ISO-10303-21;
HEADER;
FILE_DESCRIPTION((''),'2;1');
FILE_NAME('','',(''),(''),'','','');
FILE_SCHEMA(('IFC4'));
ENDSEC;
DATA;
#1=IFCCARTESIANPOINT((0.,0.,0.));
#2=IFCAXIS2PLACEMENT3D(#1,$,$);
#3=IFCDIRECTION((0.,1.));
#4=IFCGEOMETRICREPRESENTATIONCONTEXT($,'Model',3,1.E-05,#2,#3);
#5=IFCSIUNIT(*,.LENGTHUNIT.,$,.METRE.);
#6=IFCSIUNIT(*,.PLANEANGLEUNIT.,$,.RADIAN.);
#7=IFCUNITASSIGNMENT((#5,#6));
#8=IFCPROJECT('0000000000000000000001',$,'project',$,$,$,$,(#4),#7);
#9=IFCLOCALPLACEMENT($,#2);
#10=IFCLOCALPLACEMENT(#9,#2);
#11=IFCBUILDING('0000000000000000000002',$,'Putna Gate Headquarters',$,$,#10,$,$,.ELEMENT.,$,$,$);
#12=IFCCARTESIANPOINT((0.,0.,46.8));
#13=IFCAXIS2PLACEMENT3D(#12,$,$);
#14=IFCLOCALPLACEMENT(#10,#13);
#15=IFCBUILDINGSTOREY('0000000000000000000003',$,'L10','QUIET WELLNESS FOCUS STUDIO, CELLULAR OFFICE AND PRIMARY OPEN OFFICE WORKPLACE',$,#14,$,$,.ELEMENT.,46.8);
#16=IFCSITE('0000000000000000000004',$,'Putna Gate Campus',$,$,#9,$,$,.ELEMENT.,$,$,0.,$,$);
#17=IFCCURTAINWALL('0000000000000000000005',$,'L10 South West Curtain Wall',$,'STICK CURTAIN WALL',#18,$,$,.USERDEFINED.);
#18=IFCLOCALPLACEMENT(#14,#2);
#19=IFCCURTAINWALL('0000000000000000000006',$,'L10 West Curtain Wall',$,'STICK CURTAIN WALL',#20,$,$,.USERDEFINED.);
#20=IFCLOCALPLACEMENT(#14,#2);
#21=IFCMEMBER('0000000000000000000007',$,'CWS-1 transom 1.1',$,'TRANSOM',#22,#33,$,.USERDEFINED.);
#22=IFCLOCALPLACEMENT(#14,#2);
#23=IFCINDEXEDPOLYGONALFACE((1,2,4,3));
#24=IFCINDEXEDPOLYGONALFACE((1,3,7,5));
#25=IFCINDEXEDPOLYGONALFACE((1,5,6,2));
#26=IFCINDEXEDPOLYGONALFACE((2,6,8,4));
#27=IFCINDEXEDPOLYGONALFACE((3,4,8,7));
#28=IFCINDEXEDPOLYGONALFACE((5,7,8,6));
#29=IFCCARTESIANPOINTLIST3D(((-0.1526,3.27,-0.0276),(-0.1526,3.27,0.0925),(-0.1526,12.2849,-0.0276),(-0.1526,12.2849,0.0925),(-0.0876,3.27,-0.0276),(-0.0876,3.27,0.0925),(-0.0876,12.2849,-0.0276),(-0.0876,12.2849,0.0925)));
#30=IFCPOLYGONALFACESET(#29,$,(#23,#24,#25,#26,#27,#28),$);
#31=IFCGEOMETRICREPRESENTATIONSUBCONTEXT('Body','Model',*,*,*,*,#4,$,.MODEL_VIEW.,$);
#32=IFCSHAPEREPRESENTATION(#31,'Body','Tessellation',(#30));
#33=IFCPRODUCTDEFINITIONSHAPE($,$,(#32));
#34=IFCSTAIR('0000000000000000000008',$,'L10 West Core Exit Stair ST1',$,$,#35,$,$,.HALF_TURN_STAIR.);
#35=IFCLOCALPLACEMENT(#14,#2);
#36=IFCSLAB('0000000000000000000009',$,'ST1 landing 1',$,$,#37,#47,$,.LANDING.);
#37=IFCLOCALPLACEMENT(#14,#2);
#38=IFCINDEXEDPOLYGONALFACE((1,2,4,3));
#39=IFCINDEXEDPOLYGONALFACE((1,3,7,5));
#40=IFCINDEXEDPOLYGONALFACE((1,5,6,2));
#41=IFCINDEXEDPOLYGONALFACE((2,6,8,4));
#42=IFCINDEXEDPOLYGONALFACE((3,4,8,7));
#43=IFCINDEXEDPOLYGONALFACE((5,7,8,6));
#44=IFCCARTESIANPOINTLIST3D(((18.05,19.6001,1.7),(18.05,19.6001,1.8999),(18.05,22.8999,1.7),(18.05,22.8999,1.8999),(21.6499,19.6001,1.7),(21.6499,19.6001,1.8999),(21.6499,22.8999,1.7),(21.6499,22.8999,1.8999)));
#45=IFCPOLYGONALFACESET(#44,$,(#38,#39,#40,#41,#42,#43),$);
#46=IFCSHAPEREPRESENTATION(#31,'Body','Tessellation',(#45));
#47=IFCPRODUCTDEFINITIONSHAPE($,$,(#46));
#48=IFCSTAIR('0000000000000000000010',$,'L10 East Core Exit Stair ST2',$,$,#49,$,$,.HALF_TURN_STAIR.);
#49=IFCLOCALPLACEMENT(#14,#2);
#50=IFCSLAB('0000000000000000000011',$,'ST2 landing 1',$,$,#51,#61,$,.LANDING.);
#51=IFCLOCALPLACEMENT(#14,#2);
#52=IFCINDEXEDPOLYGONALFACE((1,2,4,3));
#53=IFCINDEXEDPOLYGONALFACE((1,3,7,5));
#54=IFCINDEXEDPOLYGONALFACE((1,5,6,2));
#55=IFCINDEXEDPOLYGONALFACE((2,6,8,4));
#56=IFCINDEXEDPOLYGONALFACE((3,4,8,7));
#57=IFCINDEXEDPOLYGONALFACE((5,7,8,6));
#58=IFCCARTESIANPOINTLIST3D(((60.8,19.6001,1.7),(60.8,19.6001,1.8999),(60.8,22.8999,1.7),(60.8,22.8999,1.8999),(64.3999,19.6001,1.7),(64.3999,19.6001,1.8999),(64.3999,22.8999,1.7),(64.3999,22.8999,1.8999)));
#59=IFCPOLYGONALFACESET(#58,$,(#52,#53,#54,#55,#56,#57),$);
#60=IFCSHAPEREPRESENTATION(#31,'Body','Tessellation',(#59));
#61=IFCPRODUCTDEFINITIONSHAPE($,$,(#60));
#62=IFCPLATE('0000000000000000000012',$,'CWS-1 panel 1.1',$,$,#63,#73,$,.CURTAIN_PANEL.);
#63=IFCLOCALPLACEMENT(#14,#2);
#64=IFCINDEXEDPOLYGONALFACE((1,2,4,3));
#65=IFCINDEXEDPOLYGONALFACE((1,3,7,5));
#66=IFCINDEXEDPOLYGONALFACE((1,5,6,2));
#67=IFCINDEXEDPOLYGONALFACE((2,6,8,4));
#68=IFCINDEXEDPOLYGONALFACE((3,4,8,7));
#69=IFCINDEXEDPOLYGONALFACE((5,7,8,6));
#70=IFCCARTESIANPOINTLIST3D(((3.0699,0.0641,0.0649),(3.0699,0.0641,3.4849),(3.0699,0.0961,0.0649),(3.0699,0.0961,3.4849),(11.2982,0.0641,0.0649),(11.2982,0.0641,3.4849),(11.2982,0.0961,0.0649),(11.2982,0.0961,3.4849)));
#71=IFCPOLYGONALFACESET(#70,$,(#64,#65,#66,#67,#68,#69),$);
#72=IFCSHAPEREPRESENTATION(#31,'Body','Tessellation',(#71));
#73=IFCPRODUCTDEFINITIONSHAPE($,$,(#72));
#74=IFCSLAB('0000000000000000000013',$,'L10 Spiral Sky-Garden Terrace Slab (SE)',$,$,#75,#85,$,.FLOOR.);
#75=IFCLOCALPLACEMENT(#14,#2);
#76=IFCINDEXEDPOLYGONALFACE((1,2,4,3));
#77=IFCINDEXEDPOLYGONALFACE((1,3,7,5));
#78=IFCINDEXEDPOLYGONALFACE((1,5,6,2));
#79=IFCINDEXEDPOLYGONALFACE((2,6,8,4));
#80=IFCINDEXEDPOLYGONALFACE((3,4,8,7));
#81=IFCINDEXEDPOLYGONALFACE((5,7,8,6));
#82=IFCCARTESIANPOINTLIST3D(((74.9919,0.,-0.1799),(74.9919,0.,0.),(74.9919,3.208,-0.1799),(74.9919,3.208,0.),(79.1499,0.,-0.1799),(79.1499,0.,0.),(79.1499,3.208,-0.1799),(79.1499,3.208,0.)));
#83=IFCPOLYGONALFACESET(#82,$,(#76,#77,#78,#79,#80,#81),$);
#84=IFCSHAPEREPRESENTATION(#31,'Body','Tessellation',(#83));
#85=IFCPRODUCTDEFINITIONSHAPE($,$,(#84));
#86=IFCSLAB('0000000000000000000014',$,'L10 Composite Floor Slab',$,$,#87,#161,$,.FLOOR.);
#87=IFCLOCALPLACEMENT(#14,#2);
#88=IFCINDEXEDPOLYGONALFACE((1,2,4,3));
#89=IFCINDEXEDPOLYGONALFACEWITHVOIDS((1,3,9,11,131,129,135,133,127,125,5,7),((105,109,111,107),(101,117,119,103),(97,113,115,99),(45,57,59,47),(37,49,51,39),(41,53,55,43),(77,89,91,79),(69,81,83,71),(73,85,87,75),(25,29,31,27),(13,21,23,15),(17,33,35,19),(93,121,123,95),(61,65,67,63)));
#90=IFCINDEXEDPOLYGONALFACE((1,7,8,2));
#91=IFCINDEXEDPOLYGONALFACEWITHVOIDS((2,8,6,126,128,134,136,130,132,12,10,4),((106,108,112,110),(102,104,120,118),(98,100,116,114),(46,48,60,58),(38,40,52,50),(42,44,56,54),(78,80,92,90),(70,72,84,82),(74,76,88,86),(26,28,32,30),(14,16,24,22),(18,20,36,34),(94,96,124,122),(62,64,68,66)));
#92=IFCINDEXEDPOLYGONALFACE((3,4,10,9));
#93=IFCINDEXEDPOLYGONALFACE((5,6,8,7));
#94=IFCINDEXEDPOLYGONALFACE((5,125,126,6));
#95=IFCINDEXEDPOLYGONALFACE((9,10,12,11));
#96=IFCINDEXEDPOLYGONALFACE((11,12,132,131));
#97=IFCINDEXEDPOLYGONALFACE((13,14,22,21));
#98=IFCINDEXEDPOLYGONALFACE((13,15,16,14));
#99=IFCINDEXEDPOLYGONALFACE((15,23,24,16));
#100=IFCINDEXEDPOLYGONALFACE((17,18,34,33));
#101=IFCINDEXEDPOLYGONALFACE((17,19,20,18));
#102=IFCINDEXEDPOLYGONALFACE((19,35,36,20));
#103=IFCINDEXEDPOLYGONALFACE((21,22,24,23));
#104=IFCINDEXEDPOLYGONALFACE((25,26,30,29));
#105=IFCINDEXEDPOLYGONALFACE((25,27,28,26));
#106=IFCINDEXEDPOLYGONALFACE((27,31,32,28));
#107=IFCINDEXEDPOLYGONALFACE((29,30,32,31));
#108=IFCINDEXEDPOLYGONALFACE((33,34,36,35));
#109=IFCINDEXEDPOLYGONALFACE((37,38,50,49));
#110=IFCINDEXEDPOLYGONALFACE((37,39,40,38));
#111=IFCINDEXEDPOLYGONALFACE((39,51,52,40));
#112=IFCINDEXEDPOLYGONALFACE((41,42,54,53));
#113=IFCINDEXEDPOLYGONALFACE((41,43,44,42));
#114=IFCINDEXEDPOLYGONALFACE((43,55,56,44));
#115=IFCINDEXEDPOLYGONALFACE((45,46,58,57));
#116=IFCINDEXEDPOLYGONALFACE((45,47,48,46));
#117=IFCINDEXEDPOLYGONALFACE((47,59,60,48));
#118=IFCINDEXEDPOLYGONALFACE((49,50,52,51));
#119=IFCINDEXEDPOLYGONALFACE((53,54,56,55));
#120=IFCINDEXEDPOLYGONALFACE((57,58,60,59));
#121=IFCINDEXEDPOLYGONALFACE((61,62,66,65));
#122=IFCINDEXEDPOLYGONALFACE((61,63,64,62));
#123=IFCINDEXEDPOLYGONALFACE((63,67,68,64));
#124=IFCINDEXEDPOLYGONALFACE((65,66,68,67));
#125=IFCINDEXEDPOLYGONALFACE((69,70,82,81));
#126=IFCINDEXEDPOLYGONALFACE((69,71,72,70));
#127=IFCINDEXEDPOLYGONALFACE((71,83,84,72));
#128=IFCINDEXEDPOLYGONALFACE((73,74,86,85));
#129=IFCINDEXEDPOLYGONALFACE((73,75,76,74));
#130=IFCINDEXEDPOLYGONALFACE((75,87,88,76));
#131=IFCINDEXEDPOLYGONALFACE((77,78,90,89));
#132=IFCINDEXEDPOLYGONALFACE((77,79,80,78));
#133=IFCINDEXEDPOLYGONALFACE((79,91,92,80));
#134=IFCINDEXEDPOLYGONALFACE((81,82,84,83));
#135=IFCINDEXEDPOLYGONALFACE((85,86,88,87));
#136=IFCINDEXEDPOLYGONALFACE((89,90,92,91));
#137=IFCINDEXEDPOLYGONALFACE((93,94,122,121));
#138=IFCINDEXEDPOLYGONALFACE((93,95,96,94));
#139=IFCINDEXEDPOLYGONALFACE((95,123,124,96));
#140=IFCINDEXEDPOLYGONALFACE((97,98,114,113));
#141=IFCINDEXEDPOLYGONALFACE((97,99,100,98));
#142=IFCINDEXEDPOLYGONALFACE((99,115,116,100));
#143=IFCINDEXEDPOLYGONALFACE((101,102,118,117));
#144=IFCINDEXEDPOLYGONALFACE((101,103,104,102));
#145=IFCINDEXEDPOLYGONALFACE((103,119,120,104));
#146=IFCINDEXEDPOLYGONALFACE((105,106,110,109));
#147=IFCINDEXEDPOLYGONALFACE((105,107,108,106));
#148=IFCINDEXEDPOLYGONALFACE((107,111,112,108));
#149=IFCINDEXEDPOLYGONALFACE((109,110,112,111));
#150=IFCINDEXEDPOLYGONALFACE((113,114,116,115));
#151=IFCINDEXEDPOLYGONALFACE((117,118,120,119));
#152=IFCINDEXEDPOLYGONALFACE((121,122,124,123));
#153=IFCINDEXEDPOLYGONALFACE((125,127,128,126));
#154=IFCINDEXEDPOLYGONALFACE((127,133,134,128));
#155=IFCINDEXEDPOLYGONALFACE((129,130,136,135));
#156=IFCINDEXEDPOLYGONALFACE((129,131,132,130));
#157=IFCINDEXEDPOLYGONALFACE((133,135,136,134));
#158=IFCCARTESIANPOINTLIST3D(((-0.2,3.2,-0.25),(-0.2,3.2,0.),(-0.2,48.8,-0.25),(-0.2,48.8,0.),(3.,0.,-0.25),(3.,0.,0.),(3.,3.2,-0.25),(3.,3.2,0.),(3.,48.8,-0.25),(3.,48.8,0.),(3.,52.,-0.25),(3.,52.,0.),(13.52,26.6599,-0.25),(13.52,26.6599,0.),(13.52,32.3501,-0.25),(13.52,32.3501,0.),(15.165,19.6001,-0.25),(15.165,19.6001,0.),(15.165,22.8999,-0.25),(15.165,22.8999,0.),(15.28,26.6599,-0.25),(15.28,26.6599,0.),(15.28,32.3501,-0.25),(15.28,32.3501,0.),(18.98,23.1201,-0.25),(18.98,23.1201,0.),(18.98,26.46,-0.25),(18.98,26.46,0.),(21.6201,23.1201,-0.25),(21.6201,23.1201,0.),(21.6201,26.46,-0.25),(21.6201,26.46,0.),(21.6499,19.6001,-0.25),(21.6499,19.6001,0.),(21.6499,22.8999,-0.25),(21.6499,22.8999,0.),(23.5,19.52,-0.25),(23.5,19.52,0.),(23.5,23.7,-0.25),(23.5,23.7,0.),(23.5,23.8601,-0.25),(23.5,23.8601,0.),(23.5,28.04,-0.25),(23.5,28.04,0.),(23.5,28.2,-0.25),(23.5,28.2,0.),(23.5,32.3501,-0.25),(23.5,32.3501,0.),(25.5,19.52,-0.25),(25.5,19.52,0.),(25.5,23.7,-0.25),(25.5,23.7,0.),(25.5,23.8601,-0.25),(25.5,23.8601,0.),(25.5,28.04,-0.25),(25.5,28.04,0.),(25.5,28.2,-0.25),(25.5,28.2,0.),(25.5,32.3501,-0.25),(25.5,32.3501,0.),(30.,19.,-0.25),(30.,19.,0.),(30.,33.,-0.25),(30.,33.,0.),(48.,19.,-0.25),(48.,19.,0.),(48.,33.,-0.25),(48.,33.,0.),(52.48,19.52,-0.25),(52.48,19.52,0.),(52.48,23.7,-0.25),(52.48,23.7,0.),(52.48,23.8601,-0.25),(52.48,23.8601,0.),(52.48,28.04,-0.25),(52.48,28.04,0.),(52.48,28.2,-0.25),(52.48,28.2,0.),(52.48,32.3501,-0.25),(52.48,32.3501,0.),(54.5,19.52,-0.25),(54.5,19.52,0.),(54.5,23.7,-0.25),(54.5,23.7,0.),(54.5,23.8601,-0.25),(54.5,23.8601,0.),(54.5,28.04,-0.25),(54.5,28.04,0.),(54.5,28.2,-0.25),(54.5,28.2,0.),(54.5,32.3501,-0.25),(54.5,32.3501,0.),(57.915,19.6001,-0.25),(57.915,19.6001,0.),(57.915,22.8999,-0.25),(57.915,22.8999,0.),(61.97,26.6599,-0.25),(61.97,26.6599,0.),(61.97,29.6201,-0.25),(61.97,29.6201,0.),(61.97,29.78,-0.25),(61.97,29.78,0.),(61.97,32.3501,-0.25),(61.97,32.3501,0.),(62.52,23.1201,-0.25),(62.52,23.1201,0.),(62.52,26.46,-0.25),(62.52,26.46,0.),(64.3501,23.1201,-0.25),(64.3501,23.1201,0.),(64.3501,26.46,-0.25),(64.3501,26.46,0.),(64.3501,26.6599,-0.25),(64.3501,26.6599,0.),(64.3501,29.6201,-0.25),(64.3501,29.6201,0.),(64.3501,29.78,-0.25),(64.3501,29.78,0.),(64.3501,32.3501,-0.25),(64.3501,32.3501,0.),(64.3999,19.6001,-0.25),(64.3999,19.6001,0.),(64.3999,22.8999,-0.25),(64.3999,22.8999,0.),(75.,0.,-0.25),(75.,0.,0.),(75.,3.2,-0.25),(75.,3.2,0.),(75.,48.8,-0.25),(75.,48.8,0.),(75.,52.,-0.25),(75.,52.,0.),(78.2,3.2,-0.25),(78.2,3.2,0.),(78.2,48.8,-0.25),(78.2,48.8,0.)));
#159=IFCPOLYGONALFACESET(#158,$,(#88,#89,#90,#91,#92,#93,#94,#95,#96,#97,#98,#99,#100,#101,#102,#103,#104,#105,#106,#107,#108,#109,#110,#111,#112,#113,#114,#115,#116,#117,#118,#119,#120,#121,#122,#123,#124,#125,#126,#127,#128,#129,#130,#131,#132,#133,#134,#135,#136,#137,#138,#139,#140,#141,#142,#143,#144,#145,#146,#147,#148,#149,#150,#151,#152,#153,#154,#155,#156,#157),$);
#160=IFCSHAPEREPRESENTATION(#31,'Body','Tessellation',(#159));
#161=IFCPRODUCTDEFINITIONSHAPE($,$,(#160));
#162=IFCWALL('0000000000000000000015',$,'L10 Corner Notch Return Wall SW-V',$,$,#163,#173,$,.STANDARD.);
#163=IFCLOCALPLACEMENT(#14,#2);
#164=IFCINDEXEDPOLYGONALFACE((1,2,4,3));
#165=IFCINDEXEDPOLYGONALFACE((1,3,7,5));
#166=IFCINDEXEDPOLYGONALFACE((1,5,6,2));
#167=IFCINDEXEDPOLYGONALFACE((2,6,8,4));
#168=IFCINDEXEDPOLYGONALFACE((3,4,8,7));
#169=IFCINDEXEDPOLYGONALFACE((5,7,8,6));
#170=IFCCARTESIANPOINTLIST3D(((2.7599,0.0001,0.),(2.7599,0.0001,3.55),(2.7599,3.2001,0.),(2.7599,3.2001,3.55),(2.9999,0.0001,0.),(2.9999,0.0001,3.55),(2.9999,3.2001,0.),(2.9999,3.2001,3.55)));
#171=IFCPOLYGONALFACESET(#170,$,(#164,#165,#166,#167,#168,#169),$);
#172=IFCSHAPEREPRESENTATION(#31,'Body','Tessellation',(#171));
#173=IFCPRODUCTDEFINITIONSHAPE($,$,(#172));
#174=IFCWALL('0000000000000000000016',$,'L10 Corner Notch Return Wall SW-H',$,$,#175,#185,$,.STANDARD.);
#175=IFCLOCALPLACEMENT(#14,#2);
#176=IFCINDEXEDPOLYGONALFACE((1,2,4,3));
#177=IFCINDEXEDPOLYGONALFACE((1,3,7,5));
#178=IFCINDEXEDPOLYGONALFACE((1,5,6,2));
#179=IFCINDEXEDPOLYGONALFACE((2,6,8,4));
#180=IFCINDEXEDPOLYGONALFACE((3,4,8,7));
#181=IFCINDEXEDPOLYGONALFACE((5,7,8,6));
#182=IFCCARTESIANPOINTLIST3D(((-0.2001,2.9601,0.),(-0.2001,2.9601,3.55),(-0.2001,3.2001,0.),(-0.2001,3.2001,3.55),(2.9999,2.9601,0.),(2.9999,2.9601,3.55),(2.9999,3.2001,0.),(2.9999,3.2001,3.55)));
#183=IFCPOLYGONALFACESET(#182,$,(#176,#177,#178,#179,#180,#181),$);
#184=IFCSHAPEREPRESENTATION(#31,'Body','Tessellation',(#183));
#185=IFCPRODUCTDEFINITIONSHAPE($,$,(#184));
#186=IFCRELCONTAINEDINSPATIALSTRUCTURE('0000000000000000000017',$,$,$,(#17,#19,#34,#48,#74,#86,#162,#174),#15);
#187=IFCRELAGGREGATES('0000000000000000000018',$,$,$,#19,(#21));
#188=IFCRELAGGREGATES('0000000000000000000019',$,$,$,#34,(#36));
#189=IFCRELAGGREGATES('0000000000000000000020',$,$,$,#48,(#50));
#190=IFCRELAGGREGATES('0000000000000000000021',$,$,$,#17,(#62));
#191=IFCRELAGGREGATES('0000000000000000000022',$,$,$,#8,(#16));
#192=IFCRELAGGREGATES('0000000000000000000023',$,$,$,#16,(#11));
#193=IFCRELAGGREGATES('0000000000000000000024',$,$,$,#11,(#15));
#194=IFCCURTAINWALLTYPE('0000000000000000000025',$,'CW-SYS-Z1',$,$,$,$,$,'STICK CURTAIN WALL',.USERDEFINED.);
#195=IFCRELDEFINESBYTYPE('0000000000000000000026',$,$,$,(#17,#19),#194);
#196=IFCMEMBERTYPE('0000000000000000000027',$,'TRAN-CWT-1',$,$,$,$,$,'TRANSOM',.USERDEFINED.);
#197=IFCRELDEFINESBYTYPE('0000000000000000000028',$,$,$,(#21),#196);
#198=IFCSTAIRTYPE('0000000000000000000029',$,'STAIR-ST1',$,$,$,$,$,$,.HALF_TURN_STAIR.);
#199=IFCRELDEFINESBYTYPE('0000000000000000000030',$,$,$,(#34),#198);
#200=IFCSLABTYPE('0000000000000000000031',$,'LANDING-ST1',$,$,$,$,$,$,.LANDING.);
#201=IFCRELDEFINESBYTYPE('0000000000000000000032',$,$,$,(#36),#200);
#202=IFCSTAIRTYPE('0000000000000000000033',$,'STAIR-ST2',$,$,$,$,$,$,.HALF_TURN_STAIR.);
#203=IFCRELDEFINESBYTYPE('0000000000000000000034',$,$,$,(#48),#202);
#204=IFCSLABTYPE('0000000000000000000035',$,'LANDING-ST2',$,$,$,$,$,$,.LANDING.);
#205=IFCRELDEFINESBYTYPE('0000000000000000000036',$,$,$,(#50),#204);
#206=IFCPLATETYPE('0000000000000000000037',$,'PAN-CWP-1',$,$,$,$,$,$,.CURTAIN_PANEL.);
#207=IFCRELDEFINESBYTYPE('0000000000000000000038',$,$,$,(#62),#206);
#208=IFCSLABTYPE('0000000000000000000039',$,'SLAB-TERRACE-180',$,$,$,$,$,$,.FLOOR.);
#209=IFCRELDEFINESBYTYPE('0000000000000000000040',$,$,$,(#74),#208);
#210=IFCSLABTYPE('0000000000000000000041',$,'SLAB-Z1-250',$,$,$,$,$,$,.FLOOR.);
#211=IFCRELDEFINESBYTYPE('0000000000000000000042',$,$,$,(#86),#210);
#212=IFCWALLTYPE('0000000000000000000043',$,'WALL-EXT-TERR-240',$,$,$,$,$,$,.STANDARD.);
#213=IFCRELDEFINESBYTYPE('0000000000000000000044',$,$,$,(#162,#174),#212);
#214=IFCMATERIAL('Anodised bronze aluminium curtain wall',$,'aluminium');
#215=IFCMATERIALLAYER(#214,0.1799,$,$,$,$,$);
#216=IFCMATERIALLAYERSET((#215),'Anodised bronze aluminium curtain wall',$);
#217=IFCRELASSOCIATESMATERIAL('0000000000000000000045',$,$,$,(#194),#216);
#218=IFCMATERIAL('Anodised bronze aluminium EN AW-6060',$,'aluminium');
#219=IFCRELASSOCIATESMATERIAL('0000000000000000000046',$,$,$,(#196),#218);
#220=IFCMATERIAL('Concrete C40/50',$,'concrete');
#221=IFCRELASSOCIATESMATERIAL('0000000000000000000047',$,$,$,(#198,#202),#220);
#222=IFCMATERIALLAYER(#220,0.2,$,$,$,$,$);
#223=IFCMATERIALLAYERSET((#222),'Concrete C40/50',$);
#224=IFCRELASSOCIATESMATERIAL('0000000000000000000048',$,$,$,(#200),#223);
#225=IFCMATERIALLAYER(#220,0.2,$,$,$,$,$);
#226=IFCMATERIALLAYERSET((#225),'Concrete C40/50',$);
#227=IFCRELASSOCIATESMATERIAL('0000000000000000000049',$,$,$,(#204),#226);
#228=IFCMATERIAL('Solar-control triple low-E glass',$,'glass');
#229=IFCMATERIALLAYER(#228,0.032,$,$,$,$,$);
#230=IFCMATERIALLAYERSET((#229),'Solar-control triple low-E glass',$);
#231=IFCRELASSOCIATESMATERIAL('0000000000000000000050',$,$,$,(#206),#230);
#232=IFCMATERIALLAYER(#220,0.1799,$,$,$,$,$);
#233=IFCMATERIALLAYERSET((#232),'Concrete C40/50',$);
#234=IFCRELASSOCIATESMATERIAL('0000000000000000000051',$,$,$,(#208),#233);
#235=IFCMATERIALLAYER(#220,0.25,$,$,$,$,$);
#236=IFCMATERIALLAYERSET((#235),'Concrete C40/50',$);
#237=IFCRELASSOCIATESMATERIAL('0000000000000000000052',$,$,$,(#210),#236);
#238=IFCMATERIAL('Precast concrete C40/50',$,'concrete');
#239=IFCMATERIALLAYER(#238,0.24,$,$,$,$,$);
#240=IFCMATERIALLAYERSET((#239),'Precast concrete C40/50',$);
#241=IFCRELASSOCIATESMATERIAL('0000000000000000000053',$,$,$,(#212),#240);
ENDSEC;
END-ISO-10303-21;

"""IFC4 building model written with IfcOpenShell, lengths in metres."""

from ifc_helpers import new_model, si_unit, direction, frame, frame_2d, origin, origin_2d, place, context, subcontext, project, spatial, polyline, rectangle, outline, extrude, material, layer, layer_set, material_profile, profile_set, type_object, element, aggregate, save


model = new_model("IFC4")

# Units and contexts
model_context = context("Model", 3, precision=1e-05, world=origin(), true_north=direction((0.0, 1.0)))
body_context = subcontext(model_context, "Body", "Model", "MODEL_VIEW")
ifc_project = project(units=[si_unit("LENGTHUNIT", "METRE"), si_unit("PLANEANGLEUNIT", "RADIAN")], contexts=[model_context])

# Site, building, storey
site_placement = place(None, origin())
site = spatial("IfcSite", under=ifc_project, at=site_placement, Name="Putna Gate Campus", CompositionType="ELEMENT", RefElevation=0.0)
building_placement = place(site_placement, origin())
building = spatial("IfcBuilding", under=site, at=building_placement, Name="Putna Gate Headquarters", CompositionType="ELEMENT")
storey_placement = place(building_placement, frame((0.0, 0.0, 46.8)))
storey = spatial("IfcBuildingStorey", under=building, at=storey_placement, Name="L10", Description="QUIET WELLNESS FOCUS STUDIO, CELLULAR OFFICE AND PRIMARY OPEN OFFICE WORKPLACE", CompositionType="ELEMENT", Elevation=46.8)

# Curtain wall
ifc_material_1 = material(Name="Anodised bronze aluminium curtain wall", Category="aluminium")
ifc_layer_1 = layer(ifc_material_1, 0.1799)
ifc_layer_set_1 = layer_set([ifc_layer_1], Name="Anodised bronze aluminium curtain wall")
curtain_wall_type = type_object("IfcCurtainWallType", Name="CW-SYS-Z1", ElementType="STICK CURTAIN WALL", PredefinedType="USERDEFINED", material=ifc_layer_set_1)
curtain_wall_1_placement = place(storey_placement, origin())
curtain_wall_1 = element("IfcCurtainWall", 1, at=curtain_wall_1_placement, inside=storey, type_object=curtain_wall_type, Name="L10 South West Curtain Wall", ObjectType="STICK CURTAIN WALL", PredefinedType="USERDEFINED")
ifc_material_2 = material(Name="Anodised bronze aluminium EN AW-6060", Category="aluminium")

# Curtain wall
curtain_wall_2_placement = place(storey_placement, origin())
curtain_wall_2 = element("IfcCurtainWall", 2, at=curtain_wall_2_placement, inside=storey, type_object=curtain_wall_type, Name="L10 West Curtain Wall", ObjectType="STICK CURTAIN WALL", PredefinedType="USERDEFINED")

# Member
ifc_material_profile_1 = material_profile(ifc_material_2, rectangle(XDim=0.0649, YDim=0.1201, at=origin_2d()), Name="Anodised bronze aluminium EN AW-6060")
ifc_profile_set_1 = profile_set([ifc_material_profile_1], Name="Anodised bronze aluminium EN AW-6060")
member_type_1 = type_object("IfcMemberType", Name="TRAN-CWT-1", ElementType="TRANSOM", PredefinedType="USERDEFINED", material=ifc_profile_set_1)
member_1_placement = place(storey_placement, frame((-0.1201, 3.27, 0.0325), z_axis=(0.0, 1.0, 0.0), x_axis=(-1.0, 0.0, 0.0)))
member_1 = element("IfcMember", 3, at=member_1_placement, type_object=member_type_1, Name="CWS-1 transom 1.1", ObjectType="TRANSOM", PredefinedType="USERDEFINED", context=body_context, shape_type="SweptSolid", body=[
    extrude(rectangle(XDim=0.0649, YDim=0.1201, at=origin_2d()), origin(), (0.0, 0.0, 1.0), 9.0149),
])
aggregate(curtain_wall_2, [member_1])

# Stairs, slabs
ifc_material_3 = material(Name="Concrete C40/50", Category="concrete")
stair_type_1 = type_object("IfcStairType", Name="STAIR-ST1", PredefinedType="HALF_TURN_STAIR", material=ifc_material_3)
stair_1_placement = place(storey_placement, origin())
stair_1 = element("IfcStair", 4, at=stair_1_placement, inside=storey, type_object=stair_type_1, Name="L10 West Core Exit Stair ST1", PredefinedType="HALF_TURN_STAIR")
ifc_layer_2 = layer(ifc_material_3, 0.2)
ifc_layer_set_2 = layer_set([ifc_layer_2], Name="Concrete C40/50")
slab_type_1 = type_object("IfcSlabType", Name="LANDING-ST1", PredefinedType="LANDING", material=ifc_layer_set_2)
slab_1_placement = place(storey_placement, frame((0.0, 0.0, 1.7)))
slab_1 = element("IfcSlab", 5, at=slab_1_placement, type_object=slab_type_1, Name="ST1 landing 1", PredefinedType="LANDING", context=body_context, shape_type="SweptSolid", body=[
    extrude(outline(polyline([(18.05, 19.6001), (21.6499, 19.6001), (21.6499, 22.8999), (18.05, 22.8999), (18.05, 19.6001)])), origin(), (0.0, 0.0, 1.0), 0.2),
])
aggregate(stair_1, [slab_1])
stair_type_2 = type_object("IfcStairType", Name="STAIR-ST2", PredefinedType="HALF_TURN_STAIR", material=ifc_material_3)
stair_2_placement = place(storey_placement, origin())
stair_2 = element("IfcStair", 6, at=stair_2_placement, inside=storey, type_object=stair_type_2, Name="L10 East Core Exit Stair ST2", PredefinedType="HALF_TURN_STAIR")
ifc_layer_3 = layer(ifc_material_3, 0.2)
ifc_layer_set_3 = layer_set([ifc_layer_3], Name="Concrete C40/50")
slab_type_2 = type_object("IfcSlabType", Name="LANDING-ST2", PredefinedType="LANDING", material=ifc_layer_set_3)
slab_2_placement = place(storey_placement, frame((0.0, 0.0, 1.7)))
slab_2 = element("IfcSlab", 7, at=slab_2_placement, type_object=slab_type_2, Name="ST2 landing 1", PredefinedType="LANDING", context=body_context, shape_type="SweptSolid", body=[
    extrude(outline(polyline([(60.8, 19.6001), (64.3999, 19.6001), (64.3999, 22.8999), (60.8, 22.8999), (60.8, 19.6001)])), origin(), (0.0, 0.0, 1.0), 0.2),
])
aggregate(stair_2, [slab_2])

# Plate
ifc_material_4 = material(Name="Solar-control triple low-E glass", Category="glass")
ifc_layer_4 = layer(ifc_material_4, 0.032)
ifc_layer_set_4 = layer_set([ifc_layer_4], Name="Solar-control triple low-E glass")
plate_type = type_object("IfcPlateType", Name="PAN-CWP-1", PredefinedType="CURTAIN_PANEL", material=ifc_layer_set_4)
plate_placement = place(storey_placement, frame((7.1841, 0.0801, 0.0649), z_axis=(0.0, 0.0, 1.0), x_axis=(1.0, 0.0, 0.0)))
plate = element("IfcPlate", 8, at=plate_placement, type_object=plate_type, Name="CWS-1 panel 1.1", PredefinedType="CURTAIN_PANEL", context=body_context, shape_type="SweptSolid", body=[
    extrude(rectangle(XDim=8.2283, YDim=0.032, at=origin_2d()), origin(), (0.0, 0.0, 1.0), 3.4199),
])
aggregate(curtain_wall_1, [plate])

# Slabs
ifc_layer_5 = layer(ifc_material_3, 0.1799)
ifc_layer_set_5 = layer_set([ifc_layer_5], Name="Concrete C40/50")
slab_type_3 = type_object("IfcSlabType", Name="SLAB-TERRACE-180", PredefinedType="FLOOR", material=ifc_layer_set_5)
slab_3_placement = place(storey_placement, frame((0.0, 0.0, -0.1799)))
element("IfcSlab", 9, at=slab_3_placement, inside=storey, type_object=slab_type_3, Name="L10 Spiral Sky-Garden Terrace Slab (SE)", PredefinedType="FLOOR", context=body_context, shape_type="SweptSolid", body=[
    extrude(outline(polyline([(74.9919, 0.0), (79.1499, 0.0), (79.1499, 3.208), (74.9919, 3.208), (74.9919, 0.0)])), origin(), (0.0, 0.0, 1.0), 0.1799),
])
ifc_layer_6 = layer(ifc_material_3, 0.25)
ifc_layer_set_6 = layer_set([ifc_layer_6], Name="Concrete C40/50")
slab_type_4 = type_object("IfcSlabType", Name="SLAB-Z1-250", PredefinedType="FLOOR", material=ifc_layer_set_6)
slab_4_placement = place(storey_placement, frame((0.0, 0.0, -0.25)))
element("IfcSlab", 10, at=slab_4_placement, inside=storey, type_object=slab_type_4, Name="L10 Composite Floor Slab", PredefinedType="FLOOR", context=body_context, shape_type="SweptSolid", body=[
    extrude(outline(polyline([(3.0, 0.0), (75.0, 0.0), (75.0, 3.2), (78.2, 3.2), (78.2, 48.8), (75.0, 48.8), (75.0, 52.0), (3.0, 52.0), (3.0, 48.8), (-0.2, 48.8), (-0.2, 3.2), (3.0, 3.2), (3.0, 0.0)]), holes=[polyline([(15.165, 19.6001), (21.6499, 19.6001), (21.6499, 22.8999), (15.165, 22.8999), (15.165, 19.6001)]), polyline([(57.915, 19.6001), (64.3999, 19.6001), (64.3999, 22.8999), (57.915, 22.8999), (57.915, 19.6001)]), polyline([(13.52, 26.6599), (15.28, 26.6599), (15.28, 32.3501), (13.52, 32.3501), (13.52, 26.6599)]), polyline([(61.97, 29.78), (64.3501, 29.78), (64.3501, 32.3501), (61.97, 32.3501), (61.97, 29.78)]), polyline([(18.98, 23.1201), (21.6201, 23.1201), (21.6201, 26.46), (18.98, 26.46), (18.98, 23.1201)]), polyline([(62.52, 23.1201), (64.3501, 23.1201), (64.3501, 26.46), (62.52, 26.46), (62.52, 23.1201)]), polyline([(61.97, 26.6599), (64.3501, 26.6599), (64.3501, 29.6201), (61.97, 29.6201), (61.97, 26.6599)]), polyline([(23.5, 19.52), (25.5, 19.52), (25.5, 23.7), (23.5, 23.7), (23.5, 19.52)]), polyline([(52.48, 19.52), (54.5, 19.52), (54.5, 23.7), (52.48, 23.7), (52.48, 19.52)]), polyline([(23.5, 23.8601), (25.5, 23.8601), (25.5, 28.04), (23.5, 28.04), (23.5, 23.8601)]), polyline([(52.48, 23.8601), (54.5, 23.8601), (54.5, 28.04), (52.48, 28.04), (52.48, 23.8601)]), polyline([(23.5, 28.2), (25.5, 28.2), (25.5, 32.3501), (23.5, 32.3501), (23.5, 28.2)]), polyline([(52.48, 28.2), (54.5, 28.2), (54.5, 32.3501), (52.48, 32.3501), (52.48, 28.2)]), polyline([(30.0, 19.0), (48.0, 19.0), (48.0, 33.0), (30.0, 33.0), (30.0, 19.0)])]), origin(), (0.0, 0.0, 1.0), 0.25),
])

# Walls
ifc_material_5 = material(Name="Precast concrete C40/50", Category="concrete")
ifc_layer_7 = layer(ifc_material_5, 0.24)
ifc_layer_set_7 = layer_set([ifc_layer_7], Name="Precast concrete C40/50")
wall_type_1 = type_object("IfcWallType", Name="WALL-EXT-TERR-240", PredefinedType="STANDARD", material=ifc_layer_set_7)
for number, where, z_axis, x_axis, name in (
    (11, (2.8799, 0.0, 0.0), (0.0, 0.0, 1.0), (0.0, 1.0, 0.0), "L10 Corner Notch Return Wall SW-V"),
    (12, (3.0, 3.0801, 0.0), (0.0, 0.0, 1.0), (-1.0, 0.0, 0.0), "L10 Corner Notch Return Wall SW-H"),
):
    element("IfcWall", number, at=place(storey_placement, frame(where, z_axis=z_axis, x_axis=x_axis)), inside=storey, type_object=wall_type_1, Name=name, PredefinedType="STANDARD", context=body_context, shape_type="SweptSolid", body=[
        extrude(rectangle(XDim=3.2, YDim=0.24, at=frame_2d((1.6001, 0.0))), origin(), (0.0, 0.0, 1.0), 3.55),
    ])

save(model, "model.ifc")
